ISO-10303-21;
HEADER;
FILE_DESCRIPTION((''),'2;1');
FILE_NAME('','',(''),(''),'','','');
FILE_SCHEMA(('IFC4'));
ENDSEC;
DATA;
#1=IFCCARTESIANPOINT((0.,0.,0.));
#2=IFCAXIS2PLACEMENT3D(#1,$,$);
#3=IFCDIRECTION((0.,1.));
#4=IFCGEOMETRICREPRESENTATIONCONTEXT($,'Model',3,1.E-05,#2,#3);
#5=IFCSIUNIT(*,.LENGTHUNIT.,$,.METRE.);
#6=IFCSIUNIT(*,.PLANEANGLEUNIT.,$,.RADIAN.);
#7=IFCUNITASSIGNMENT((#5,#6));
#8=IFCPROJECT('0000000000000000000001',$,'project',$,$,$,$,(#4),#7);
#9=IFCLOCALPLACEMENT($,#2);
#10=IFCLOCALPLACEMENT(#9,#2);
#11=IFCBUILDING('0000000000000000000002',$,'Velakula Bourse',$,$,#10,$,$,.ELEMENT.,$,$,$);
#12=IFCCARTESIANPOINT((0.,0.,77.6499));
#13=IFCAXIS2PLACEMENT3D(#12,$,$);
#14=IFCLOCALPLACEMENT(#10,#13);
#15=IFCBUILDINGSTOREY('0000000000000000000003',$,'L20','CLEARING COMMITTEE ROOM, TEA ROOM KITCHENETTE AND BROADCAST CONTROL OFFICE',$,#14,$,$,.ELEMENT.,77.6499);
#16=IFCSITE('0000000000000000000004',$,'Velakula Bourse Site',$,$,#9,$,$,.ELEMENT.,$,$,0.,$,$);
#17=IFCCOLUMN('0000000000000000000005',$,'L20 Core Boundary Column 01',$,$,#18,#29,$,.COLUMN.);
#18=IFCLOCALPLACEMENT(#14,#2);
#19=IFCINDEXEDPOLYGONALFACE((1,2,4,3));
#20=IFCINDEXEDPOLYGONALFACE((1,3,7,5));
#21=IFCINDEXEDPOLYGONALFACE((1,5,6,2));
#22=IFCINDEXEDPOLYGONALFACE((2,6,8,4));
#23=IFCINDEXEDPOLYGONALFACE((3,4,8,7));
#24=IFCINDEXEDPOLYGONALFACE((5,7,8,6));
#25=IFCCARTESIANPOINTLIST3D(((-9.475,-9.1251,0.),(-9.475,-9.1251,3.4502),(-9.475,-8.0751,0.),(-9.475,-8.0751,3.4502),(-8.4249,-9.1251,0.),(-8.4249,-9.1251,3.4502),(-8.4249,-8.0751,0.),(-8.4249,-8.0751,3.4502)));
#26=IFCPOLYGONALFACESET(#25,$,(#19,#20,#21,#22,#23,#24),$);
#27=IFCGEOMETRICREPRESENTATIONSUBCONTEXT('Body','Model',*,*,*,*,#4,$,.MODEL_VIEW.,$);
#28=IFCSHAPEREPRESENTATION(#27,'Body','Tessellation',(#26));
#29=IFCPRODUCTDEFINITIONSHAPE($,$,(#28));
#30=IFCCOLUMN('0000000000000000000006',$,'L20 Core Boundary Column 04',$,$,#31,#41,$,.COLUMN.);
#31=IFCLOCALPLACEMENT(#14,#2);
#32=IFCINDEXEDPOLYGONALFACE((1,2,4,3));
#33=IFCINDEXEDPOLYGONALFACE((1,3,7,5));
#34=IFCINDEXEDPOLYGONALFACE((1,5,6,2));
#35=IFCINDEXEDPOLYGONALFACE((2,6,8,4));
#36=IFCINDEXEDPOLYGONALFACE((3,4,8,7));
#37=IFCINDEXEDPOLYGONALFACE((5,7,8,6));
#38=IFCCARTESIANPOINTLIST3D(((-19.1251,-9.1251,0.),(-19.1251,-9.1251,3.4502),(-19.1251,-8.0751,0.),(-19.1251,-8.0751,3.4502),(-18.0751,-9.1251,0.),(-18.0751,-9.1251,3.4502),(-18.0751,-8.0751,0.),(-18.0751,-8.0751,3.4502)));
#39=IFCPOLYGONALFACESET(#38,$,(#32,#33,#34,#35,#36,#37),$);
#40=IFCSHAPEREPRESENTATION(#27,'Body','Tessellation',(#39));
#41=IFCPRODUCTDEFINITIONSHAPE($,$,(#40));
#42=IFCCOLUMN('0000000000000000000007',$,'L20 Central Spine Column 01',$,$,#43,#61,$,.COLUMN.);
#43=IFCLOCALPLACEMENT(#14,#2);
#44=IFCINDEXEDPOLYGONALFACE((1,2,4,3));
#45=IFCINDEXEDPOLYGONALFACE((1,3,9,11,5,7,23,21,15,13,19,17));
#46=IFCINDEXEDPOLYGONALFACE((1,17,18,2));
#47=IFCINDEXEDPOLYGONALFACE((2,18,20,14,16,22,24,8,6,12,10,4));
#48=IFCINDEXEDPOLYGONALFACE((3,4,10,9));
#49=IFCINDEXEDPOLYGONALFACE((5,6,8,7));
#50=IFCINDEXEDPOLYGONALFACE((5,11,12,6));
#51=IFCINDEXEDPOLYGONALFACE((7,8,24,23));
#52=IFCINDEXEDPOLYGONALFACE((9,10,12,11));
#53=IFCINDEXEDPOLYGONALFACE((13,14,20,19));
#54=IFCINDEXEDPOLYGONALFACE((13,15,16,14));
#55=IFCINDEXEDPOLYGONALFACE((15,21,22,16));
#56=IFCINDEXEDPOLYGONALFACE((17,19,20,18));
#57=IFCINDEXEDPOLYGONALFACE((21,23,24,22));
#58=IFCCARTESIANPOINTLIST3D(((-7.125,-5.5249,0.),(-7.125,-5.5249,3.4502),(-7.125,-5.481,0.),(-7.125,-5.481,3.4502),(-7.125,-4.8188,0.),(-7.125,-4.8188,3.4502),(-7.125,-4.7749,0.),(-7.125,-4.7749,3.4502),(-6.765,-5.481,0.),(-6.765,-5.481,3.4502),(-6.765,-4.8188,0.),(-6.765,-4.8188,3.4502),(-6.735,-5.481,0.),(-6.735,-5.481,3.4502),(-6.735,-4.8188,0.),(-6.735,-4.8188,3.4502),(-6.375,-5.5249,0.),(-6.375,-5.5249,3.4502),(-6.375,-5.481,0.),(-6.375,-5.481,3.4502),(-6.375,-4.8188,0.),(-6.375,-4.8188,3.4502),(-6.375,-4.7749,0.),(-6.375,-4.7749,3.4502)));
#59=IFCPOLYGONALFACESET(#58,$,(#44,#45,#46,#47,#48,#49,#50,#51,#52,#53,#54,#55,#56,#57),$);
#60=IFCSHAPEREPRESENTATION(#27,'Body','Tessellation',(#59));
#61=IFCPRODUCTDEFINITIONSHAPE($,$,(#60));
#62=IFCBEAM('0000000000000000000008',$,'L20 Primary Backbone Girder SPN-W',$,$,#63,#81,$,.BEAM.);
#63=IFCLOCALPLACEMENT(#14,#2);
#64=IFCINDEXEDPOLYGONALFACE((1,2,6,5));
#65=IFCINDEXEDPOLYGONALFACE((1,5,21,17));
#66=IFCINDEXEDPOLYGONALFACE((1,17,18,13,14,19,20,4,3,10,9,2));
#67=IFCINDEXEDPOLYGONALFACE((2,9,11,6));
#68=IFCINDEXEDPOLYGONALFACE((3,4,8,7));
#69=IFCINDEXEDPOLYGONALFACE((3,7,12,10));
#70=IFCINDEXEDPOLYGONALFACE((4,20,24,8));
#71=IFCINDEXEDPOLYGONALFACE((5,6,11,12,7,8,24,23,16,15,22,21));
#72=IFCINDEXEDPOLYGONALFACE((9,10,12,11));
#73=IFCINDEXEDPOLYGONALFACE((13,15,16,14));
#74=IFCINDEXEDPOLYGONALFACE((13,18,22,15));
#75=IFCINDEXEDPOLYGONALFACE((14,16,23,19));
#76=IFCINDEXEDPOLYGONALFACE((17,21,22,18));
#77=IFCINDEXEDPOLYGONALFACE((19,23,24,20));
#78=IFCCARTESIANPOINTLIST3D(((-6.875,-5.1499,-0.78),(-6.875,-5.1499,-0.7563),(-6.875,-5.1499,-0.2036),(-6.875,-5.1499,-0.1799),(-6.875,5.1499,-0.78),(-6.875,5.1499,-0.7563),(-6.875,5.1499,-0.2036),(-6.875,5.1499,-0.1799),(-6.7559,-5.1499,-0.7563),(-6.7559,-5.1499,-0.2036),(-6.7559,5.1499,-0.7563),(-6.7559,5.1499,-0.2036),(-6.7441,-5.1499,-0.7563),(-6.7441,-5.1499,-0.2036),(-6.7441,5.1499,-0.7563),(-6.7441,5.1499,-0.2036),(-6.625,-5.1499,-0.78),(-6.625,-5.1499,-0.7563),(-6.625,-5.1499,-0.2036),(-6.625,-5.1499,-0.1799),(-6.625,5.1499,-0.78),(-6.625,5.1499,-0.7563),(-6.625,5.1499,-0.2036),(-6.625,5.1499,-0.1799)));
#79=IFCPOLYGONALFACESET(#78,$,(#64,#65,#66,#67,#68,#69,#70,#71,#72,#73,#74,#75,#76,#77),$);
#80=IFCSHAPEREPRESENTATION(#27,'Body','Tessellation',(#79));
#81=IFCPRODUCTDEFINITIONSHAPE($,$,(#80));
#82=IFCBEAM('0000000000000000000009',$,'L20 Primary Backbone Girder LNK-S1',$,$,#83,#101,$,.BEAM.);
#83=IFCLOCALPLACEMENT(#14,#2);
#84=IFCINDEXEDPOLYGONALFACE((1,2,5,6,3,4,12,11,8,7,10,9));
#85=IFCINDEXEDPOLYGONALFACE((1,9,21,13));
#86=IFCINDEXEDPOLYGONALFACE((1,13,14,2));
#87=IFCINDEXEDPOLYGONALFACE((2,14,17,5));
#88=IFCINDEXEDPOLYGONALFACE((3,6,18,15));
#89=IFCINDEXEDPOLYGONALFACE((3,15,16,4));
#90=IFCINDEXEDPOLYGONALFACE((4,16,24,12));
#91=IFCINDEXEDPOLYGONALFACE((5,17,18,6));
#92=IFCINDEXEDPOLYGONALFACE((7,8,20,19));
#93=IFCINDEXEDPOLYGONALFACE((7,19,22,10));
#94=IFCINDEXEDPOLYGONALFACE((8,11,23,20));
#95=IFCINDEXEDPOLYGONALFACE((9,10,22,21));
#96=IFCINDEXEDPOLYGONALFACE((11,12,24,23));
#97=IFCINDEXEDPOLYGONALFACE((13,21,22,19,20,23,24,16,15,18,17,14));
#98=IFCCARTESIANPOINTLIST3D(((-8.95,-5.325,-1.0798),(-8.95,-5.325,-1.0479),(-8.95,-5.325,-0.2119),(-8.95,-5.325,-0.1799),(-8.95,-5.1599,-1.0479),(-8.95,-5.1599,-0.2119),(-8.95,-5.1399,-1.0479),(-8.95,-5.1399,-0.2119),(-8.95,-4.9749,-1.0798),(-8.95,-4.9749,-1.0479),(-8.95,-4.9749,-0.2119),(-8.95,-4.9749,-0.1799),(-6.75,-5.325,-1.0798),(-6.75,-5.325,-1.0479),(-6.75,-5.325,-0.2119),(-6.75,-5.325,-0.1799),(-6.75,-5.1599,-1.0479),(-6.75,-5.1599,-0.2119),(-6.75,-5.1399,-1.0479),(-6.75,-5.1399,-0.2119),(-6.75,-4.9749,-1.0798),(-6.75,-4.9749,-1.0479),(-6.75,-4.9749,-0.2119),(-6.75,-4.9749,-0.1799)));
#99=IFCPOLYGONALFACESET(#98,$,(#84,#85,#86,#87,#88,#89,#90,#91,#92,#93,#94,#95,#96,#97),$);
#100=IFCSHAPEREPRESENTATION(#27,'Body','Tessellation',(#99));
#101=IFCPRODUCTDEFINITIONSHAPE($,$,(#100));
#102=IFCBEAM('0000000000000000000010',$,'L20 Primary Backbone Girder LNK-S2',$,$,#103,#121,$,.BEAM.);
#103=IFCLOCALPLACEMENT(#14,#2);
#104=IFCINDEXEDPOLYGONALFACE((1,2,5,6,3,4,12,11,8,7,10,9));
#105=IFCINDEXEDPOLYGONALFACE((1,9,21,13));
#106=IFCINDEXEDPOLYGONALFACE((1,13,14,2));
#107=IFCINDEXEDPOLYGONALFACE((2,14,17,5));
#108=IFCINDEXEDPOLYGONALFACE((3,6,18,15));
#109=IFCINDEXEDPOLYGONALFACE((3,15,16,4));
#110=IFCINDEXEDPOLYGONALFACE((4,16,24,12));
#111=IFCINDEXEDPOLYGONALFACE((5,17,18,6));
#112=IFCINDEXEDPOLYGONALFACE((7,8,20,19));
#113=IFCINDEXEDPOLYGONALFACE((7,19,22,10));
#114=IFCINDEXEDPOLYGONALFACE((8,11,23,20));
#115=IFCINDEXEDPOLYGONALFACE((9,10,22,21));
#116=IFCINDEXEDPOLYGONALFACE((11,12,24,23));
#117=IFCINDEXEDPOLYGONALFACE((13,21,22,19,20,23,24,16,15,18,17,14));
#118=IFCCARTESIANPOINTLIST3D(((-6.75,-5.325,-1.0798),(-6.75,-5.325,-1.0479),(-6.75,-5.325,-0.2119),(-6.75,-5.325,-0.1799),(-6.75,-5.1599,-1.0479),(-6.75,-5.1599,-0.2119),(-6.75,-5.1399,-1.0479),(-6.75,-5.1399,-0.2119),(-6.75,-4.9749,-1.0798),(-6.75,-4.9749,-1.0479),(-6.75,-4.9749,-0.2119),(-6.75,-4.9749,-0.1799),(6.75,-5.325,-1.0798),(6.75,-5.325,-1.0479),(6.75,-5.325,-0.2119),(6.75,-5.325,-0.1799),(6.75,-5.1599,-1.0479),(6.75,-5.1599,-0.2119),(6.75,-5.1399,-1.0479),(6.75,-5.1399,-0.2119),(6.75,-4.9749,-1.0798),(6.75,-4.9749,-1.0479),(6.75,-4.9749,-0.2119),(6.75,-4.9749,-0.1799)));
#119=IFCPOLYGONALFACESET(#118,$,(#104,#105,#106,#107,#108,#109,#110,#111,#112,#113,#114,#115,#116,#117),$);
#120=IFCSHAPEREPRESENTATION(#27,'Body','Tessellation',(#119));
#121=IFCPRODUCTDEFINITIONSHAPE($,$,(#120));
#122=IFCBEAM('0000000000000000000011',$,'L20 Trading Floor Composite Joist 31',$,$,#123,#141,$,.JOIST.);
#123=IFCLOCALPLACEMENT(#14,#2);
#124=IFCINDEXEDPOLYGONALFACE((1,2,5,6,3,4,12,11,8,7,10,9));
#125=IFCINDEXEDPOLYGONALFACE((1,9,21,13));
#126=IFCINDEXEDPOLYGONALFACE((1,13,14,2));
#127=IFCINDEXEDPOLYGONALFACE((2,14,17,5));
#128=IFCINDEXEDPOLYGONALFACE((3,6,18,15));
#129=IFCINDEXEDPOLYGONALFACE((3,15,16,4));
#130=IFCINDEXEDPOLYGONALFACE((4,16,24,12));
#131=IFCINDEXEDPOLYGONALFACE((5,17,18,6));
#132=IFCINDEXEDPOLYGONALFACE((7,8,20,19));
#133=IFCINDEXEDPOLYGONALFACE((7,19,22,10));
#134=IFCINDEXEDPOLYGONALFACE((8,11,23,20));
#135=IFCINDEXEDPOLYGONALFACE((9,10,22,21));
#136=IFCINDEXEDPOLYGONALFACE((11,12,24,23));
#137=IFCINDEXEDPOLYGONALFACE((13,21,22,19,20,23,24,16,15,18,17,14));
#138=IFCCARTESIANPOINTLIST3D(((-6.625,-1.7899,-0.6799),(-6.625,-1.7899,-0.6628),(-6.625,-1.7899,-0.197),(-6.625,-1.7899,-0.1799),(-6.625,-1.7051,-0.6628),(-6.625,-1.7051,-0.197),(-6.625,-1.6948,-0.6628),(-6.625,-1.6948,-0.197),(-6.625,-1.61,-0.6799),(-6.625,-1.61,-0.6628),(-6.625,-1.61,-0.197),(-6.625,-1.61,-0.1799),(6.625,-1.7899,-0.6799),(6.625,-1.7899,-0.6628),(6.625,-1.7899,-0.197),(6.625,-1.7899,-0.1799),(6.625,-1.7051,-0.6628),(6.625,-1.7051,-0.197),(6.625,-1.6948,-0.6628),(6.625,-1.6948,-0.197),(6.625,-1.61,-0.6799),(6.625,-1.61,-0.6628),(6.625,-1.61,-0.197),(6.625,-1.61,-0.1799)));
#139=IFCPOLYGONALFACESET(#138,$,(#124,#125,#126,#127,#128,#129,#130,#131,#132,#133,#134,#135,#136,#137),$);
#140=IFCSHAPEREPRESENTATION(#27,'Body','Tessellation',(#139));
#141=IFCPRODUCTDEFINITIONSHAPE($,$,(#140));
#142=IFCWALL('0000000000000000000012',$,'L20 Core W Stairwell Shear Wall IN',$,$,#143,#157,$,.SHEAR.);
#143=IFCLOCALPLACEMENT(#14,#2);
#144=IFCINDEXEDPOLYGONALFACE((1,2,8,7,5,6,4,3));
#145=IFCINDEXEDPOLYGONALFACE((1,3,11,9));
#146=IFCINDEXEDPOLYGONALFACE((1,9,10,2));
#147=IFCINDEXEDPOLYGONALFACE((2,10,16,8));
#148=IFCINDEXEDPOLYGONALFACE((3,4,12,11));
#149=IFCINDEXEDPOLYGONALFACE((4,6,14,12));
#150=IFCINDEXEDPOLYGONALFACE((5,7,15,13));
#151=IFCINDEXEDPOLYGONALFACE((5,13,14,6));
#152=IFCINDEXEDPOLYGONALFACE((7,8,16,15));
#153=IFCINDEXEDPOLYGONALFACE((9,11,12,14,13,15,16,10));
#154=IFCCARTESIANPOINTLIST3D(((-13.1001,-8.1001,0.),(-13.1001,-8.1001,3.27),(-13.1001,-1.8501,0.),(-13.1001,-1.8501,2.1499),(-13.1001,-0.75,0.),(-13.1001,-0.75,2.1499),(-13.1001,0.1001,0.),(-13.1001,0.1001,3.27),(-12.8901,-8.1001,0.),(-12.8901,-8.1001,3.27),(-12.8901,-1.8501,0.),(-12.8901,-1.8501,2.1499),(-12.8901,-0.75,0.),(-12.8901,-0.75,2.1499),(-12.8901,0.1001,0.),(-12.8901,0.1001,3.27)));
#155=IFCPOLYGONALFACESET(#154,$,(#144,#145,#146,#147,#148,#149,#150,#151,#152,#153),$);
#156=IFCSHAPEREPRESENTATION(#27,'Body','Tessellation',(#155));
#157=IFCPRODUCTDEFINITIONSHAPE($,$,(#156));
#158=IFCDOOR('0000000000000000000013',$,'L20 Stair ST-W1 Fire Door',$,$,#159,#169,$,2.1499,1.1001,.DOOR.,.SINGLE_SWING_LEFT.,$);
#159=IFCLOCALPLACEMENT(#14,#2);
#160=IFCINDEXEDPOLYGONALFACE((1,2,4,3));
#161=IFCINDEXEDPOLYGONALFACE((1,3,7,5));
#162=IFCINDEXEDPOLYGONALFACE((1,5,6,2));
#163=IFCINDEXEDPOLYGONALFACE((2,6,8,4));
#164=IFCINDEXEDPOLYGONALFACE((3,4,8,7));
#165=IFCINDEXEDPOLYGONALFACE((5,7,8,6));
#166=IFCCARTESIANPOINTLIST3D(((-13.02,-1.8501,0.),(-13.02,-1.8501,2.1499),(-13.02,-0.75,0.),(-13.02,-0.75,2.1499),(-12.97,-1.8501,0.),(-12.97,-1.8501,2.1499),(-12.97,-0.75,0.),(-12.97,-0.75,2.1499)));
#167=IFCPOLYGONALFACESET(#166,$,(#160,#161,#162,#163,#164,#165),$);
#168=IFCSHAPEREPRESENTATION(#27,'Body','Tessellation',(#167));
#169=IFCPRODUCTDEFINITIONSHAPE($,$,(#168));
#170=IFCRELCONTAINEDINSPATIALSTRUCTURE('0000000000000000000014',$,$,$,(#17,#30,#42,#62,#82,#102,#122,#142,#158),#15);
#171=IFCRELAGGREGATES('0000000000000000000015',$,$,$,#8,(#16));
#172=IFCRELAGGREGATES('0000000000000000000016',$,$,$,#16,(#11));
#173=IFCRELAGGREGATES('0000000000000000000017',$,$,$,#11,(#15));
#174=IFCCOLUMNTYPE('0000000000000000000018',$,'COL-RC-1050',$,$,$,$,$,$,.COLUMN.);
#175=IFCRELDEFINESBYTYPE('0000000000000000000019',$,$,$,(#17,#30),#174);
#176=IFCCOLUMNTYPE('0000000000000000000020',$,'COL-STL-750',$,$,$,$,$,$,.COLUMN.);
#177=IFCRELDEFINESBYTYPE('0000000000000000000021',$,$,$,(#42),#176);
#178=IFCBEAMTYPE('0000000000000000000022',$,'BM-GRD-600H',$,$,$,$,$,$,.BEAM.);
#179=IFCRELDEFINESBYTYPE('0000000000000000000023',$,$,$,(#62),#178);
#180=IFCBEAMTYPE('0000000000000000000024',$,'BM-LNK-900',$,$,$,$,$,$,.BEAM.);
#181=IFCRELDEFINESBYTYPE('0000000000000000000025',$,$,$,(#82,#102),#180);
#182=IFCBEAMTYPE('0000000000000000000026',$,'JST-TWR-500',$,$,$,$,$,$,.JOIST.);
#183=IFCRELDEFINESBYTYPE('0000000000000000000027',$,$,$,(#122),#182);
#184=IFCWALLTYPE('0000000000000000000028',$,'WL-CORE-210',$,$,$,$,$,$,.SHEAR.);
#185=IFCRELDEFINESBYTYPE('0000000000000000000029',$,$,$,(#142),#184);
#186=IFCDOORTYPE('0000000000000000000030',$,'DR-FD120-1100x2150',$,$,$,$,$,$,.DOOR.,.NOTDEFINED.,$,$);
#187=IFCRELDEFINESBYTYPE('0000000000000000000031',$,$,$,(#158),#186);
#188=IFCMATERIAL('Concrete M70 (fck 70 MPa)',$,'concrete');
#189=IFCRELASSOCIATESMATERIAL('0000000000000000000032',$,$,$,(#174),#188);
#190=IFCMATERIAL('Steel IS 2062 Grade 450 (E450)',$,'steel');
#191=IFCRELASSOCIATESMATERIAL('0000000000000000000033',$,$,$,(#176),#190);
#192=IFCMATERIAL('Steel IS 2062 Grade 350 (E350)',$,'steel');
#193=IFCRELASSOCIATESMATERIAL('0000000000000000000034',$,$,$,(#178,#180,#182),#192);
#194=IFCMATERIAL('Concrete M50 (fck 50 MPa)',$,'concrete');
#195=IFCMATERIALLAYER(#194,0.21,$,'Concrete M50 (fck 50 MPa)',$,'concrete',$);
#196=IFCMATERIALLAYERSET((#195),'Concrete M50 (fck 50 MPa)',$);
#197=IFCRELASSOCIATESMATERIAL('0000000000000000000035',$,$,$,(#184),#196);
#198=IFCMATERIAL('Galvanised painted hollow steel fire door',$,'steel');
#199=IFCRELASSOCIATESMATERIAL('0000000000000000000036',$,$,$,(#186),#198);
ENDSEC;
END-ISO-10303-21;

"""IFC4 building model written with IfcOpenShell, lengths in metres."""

from ifc_helpers import new_model, si_unit, direction, frame, frame_2d, origin, origin_2d, place, context, subcontext, project, spatial, rectangle, i_section, extrude, material, layer, layer_set, material_profile, profile_set, type_object, element, fill, save


model = new_model("IFC4")

# Units and contexts
model_context = context("Model", 3, precision=1e-05, world=origin(), true_north=direction((0.0, 1.0)))
body_context = subcontext(model_context, "Body", "Model", "MODEL_VIEW")
ifc_project = project(units=[si_unit("LENGTHUNIT", "METRE"), si_unit("PLANEANGLEUNIT", "RADIAN")], contexts=[model_context])

# Site, building, storey
site_placement = place(None, origin())
site = spatial("IfcSite", under=ifc_project, at=site_placement, Name="Velakula Bourse Site", CompositionType="ELEMENT", RefElevation=0.0)
building_placement = place(site_placement, origin())
building = spatial("IfcBuilding", under=site, at=building_placement, Name="Velakula Bourse", CompositionType="ELEMENT")
storey_placement = place(building_placement, frame((0.0, 0.0, 77.6499)))
storey = spatial("IfcBuildingStorey", under=building, at=storey_placement, Name="L20", Description="CLEARING COMMITTEE ROOM, TEA ROOM KITCHENETTE AND BROADCAST CONTROL OFFICE", CompositionType="ELEMENT", Elevation=77.6499)

# Columns
ifc_material_1 = material(Name="Concrete M70 (fck 70 MPa)", Category="concrete")
ifc_material_profile_1 = material_profile(ifc_material_1, rectangle(XDim=1.05, YDim=1.05, at=origin_2d()), Name="Concrete M70 (fck 70 MPa)")
ifc_profile_set_1 = profile_set([ifc_material_profile_1], Name="Concrete M70 (fck 70 MPa)")
column_type_1 = type_object("IfcColumnType", Name="COL-RC-1050", PredefinedType="COLUMN", material=ifc_profile_set_1)
for number, where, z_axis, x_axis, name in (
    (1, (-8.95, -8.6001, 0.0), (0.0, 0.0, 1.0), (1.0, 0.0, 0.0), "L20 Core Boundary Column 01"),
    (2, (-18.6001, -8.6001, 0.0), (0.0, 0.0, 1.0), (1.0, 0.0, 0.0), "L20 Core Boundary Column 04"),
):
    element("IfcColumn", number, at=place(storey_placement, frame(where, z_axis=z_axis, x_axis=x_axis)), inside=storey, type_object=column_type_1, Name=name, PredefinedType="COLUMN", context=body_context, shape_type="SweptSolid", body=[
        extrude(rectangle(XDim=1.05, YDim=1.05, at=origin_2d()), origin(), (0.0, 0.0, 1.0), 3.4502),
    ])
ifc_material_2 = material(Name="Steel IS 2062 Grade 450 (E450)", Category="steel")
ifc_material_profile_2 = material_profile(ifc_material_2, i_section(OverallWidth=0.75, OverallDepth=0.75, WebThickness=0.03, FlangeThickness=0.0439, at=origin_2d()), Name="Steel IS 2062 Grade 450 (E450)")
ifc_profile_set_2 = profile_set([ifc_material_profile_2], Name="Steel IS 2062 Grade 450 (E450)")
column_type_2 = type_object("IfcColumnType", Name="COL-STL-750", PredefinedType="COLUMN", material=ifc_profile_set_2)
column_placement = place(storey_placement, frame((-6.75, -5.1499, 0.0), z_axis=(0.0, 0.0, 1.0), x_axis=(1.0, 0.0, 0.0)))
element("IfcColumn", 3, at=column_placement, inside=storey, type_object=column_type_2, Name="L20 Central Spine Column 01", PredefinedType="COLUMN", context=body_context, shape_type="SweptSolid", body=[
    extrude(i_section(OverallWidth=0.75, OverallDepth=0.75, WebThickness=0.03, FlangeThickness=0.0439, at=origin_2d()), origin(), (0.0, 0.0, 1.0), 3.4502),
])

# Beams
ifc_material_3 = material(Name="Steel IS 2062 Grade 350 (E350)", Category="steel")
ifc_material_profile_3 = material_profile(ifc_material_3, i_section(OverallWidth=0.25, OverallDepth=0.6001, WebThickness=0.0117, FlangeThickness=0.0237, at=origin_2d()), Name="Steel IS 2062 Grade 350 (E350)")
ifc_profile_set_3 = profile_set([ifc_material_profile_3], Name="Steel IS 2062 Grade 350 (E350)")
beam_type_1 = type_object("IfcBeamType", Name="BM-GRD-600H", PredefinedType="BEAM", material=ifc_profile_set_3)
beam_1_placement = place(storey_placement, frame((-6.75, -5.1499, -0.48), z_axis=(0.0, 1.0, 0.0), x_axis=(-1.0, 0.0, 0.0)))
element("IfcBeam", 4, at=beam_1_placement, inside=storey, type_object=beam_type_1, Name="L20 Primary Backbone Girder SPN-W", PredefinedType="BEAM", context=body_context, shape_type="SweptSolid", body=[
    extrude(i_section(OverallWidth=0.25, OverallDepth=0.6001, WebThickness=0.0117, FlangeThickness=0.0237, at=origin_2d()), origin(), (0.0, 0.0, 1.0), 10.2998),
])
ifc_material_profile_4 = material_profile(ifc_material_3, i_section(OverallWidth=0.3501, OverallDepth=0.8999, WebThickness=0.02, FlangeThickness=0.032, at=origin_2d()), Name="Steel IS 2062 Grade 350 (E350)")
ifc_profile_set_4 = profile_set([ifc_material_profile_4], Name="Steel IS 2062 Grade 350 (E350)")
beam_type_2 = type_object("IfcBeamType", Name="BM-LNK-900", PredefinedType="BEAM", material=ifc_profile_set_4)
beam_2_placement = place(storey_placement, frame((-8.95, -5.1499, -0.6299), z_axis=(1.0, 0.0, 0.0), x_axis=(0.0, 1.0, 0.0)))
element("IfcBeam", 5, at=beam_2_placement, inside=storey, type_object=beam_type_2, Name="L20 Primary Backbone Girder LNK-S1", PredefinedType="BEAM", context=body_context, shape_type="SweptSolid", body=[
    extrude(i_section(OverallWidth=0.3501, OverallDepth=0.8999, WebThickness=0.02, FlangeThickness=0.032, at=origin_2d()), origin(), (0.0, 0.0, 1.0), 2.2),
])
beam_3_placement = place(storey_placement, frame((-6.75, -5.1499, -0.6299), z_axis=(1.0, 0.0, 0.0), x_axis=(0.0, 1.0, 0.0)))
element("IfcBeam", 6, at=beam_3_placement, inside=storey, type_object=beam_type_2, Name="L20 Primary Backbone Girder LNK-S2", PredefinedType="BEAM", context=body_context, shape_type="SweptSolid", body=[
    extrude(i_section(OverallWidth=0.3501, OverallDepth=0.8999, WebThickness=0.02, FlangeThickness=0.032, at=origin_2d()), origin(), (0.0, 0.0, 1.0), 13.5),
])
ifc_material_profile_5 = material_profile(ifc_material_3, i_section(OverallWidth=0.1799, OverallDepth=0.5, WebThickness=0.0103, FlangeThickness=0.0171, at=origin_2d()), Name="Steel IS 2062 Grade 350 (E350)")
ifc_profile_set_5 = profile_set([ifc_material_profile_5], Name="Steel IS 2062 Grade 350 (E350)")
beam_type_3 = type_object("IfcBeamType", Name="JST-TWR-500", PredefinedType="JOIST", material=ifc_profile_set_5)
beam_4_placement = place(storey_placement, frame((-6.625, -1.7, -0.4299), z_axis=(1.0, 0.0, 0.0), x_axis=(0.0, 1.0, 0.0)))
element("IfcBeam", 7, at=beam_4_placement, inside=storey, type_object=beam_type_3, Name="L20 Trading Floor Composite Joist 31", PredefinedType="JOIST", context=body_context, shape_type="SweptSolid", body=[
    extrude(i_section(OverallWidth=0.1799, OverallDepth=0.5, WebThickness=0.0103, FlangeThickness=0.0171, at=origin_2d()), origin(), (0.0, 0.0, 1.0), 13.25),
])

# Wall, opening, door
ifc_material_4 = material(Name="Concrete M50 (fck 50 MPa)", Category="concrete")
ifc_layer_1 = layer(ifc_material_4, 0.21, Name="Concrete M50 (fck 50 MPa)", Category="concrete")
ifc_layer_set_1 = layer_set([ifc_layer_1], Name="Concrete M50 (fck 50 MPa)")
wall_type_1 = type_object("IfcWallType", Name="WL-CORE-210", PredefinedType="SHEAR", material=ifc_layer_set_1)
wall_1_placement = place(storey_placement, frame((-12.9951, -8.1001, 0.0), z_axis=(0.0, 0.0, 1.0), x_axis=(0.0, 1.0, 0.0)))
wall_1 = element("IfcWall", 8, at=wall_1_placement, inside=storey, type_object=wall_type_1, Name="L20 Core W Stairwell Shear Wall IN", PredefinedType="SHEAR", context=body_context, shape_type="SweptSolid", body=[
    extrude(rectangle(XDim=8.2002, YDim=0.21, at=frame_2d((4.1001, 0.0))), origin(), (0.0, 0.0, 1.0), 3.27),
])
opening_1_placement = place(wall_1_placement, frame((6.25, 0.0, 0.0)))
opening_1 = element("IfcOpeningElement", 9, at=opening_1_placement, cuts=wall_1, PredefinedType="OPENING", context=body_context, shape_type="SweptSolid", body=[
    extrude(rectangle(XDim=1.1001, YDim=2.1499, at=frame_2d((0.55, 1.075))), frame((0.0, 0.115, 0.0), z_axis=(0.0, -1.0, 0.0), x_axis=(1.0, 0.0, 0.0)), (0.0, 0.0, 1.0), 0.23),
])
ifc_material_5 = material(Name="Galvanised painted hollow steel fire door", Category="steel")
door_type_1 = type_object("IfcDoorType", Name="DR-FD120-1100x2150", OperationType="NOTDEFINED", PredefinedType="DOOR", material=ifc_material_5)
door_1_placement = place(opening_1_placement, origin())
door_1 = element("IfcDoor", 10, at=door_1_placement, inside=storey, type_object=door_type_1, Name="L20 Stair ST-W1 Fire Door", OperationType="SINGLE_SWING_LEFT", OverallHeight=2.1499, OverallWidth=1.1001, PredefinedType="DOOR", context=body_context, shape_type="SweptSolid", body=[
    extrude(rectangle(XDim=1.1001, YDim=2.1499, at=frame_2d((0.55, 1.075))), frame((0.0, 0.0249, 0.0), z_axis=(0.0, -1.0, 0.0), x_axis=(1.0, 0.0, 0.0)), (0.0, 0.0, 1.0), 0.05),
])
fill(opening_1, door_1)

save(model, "model.ifc")
